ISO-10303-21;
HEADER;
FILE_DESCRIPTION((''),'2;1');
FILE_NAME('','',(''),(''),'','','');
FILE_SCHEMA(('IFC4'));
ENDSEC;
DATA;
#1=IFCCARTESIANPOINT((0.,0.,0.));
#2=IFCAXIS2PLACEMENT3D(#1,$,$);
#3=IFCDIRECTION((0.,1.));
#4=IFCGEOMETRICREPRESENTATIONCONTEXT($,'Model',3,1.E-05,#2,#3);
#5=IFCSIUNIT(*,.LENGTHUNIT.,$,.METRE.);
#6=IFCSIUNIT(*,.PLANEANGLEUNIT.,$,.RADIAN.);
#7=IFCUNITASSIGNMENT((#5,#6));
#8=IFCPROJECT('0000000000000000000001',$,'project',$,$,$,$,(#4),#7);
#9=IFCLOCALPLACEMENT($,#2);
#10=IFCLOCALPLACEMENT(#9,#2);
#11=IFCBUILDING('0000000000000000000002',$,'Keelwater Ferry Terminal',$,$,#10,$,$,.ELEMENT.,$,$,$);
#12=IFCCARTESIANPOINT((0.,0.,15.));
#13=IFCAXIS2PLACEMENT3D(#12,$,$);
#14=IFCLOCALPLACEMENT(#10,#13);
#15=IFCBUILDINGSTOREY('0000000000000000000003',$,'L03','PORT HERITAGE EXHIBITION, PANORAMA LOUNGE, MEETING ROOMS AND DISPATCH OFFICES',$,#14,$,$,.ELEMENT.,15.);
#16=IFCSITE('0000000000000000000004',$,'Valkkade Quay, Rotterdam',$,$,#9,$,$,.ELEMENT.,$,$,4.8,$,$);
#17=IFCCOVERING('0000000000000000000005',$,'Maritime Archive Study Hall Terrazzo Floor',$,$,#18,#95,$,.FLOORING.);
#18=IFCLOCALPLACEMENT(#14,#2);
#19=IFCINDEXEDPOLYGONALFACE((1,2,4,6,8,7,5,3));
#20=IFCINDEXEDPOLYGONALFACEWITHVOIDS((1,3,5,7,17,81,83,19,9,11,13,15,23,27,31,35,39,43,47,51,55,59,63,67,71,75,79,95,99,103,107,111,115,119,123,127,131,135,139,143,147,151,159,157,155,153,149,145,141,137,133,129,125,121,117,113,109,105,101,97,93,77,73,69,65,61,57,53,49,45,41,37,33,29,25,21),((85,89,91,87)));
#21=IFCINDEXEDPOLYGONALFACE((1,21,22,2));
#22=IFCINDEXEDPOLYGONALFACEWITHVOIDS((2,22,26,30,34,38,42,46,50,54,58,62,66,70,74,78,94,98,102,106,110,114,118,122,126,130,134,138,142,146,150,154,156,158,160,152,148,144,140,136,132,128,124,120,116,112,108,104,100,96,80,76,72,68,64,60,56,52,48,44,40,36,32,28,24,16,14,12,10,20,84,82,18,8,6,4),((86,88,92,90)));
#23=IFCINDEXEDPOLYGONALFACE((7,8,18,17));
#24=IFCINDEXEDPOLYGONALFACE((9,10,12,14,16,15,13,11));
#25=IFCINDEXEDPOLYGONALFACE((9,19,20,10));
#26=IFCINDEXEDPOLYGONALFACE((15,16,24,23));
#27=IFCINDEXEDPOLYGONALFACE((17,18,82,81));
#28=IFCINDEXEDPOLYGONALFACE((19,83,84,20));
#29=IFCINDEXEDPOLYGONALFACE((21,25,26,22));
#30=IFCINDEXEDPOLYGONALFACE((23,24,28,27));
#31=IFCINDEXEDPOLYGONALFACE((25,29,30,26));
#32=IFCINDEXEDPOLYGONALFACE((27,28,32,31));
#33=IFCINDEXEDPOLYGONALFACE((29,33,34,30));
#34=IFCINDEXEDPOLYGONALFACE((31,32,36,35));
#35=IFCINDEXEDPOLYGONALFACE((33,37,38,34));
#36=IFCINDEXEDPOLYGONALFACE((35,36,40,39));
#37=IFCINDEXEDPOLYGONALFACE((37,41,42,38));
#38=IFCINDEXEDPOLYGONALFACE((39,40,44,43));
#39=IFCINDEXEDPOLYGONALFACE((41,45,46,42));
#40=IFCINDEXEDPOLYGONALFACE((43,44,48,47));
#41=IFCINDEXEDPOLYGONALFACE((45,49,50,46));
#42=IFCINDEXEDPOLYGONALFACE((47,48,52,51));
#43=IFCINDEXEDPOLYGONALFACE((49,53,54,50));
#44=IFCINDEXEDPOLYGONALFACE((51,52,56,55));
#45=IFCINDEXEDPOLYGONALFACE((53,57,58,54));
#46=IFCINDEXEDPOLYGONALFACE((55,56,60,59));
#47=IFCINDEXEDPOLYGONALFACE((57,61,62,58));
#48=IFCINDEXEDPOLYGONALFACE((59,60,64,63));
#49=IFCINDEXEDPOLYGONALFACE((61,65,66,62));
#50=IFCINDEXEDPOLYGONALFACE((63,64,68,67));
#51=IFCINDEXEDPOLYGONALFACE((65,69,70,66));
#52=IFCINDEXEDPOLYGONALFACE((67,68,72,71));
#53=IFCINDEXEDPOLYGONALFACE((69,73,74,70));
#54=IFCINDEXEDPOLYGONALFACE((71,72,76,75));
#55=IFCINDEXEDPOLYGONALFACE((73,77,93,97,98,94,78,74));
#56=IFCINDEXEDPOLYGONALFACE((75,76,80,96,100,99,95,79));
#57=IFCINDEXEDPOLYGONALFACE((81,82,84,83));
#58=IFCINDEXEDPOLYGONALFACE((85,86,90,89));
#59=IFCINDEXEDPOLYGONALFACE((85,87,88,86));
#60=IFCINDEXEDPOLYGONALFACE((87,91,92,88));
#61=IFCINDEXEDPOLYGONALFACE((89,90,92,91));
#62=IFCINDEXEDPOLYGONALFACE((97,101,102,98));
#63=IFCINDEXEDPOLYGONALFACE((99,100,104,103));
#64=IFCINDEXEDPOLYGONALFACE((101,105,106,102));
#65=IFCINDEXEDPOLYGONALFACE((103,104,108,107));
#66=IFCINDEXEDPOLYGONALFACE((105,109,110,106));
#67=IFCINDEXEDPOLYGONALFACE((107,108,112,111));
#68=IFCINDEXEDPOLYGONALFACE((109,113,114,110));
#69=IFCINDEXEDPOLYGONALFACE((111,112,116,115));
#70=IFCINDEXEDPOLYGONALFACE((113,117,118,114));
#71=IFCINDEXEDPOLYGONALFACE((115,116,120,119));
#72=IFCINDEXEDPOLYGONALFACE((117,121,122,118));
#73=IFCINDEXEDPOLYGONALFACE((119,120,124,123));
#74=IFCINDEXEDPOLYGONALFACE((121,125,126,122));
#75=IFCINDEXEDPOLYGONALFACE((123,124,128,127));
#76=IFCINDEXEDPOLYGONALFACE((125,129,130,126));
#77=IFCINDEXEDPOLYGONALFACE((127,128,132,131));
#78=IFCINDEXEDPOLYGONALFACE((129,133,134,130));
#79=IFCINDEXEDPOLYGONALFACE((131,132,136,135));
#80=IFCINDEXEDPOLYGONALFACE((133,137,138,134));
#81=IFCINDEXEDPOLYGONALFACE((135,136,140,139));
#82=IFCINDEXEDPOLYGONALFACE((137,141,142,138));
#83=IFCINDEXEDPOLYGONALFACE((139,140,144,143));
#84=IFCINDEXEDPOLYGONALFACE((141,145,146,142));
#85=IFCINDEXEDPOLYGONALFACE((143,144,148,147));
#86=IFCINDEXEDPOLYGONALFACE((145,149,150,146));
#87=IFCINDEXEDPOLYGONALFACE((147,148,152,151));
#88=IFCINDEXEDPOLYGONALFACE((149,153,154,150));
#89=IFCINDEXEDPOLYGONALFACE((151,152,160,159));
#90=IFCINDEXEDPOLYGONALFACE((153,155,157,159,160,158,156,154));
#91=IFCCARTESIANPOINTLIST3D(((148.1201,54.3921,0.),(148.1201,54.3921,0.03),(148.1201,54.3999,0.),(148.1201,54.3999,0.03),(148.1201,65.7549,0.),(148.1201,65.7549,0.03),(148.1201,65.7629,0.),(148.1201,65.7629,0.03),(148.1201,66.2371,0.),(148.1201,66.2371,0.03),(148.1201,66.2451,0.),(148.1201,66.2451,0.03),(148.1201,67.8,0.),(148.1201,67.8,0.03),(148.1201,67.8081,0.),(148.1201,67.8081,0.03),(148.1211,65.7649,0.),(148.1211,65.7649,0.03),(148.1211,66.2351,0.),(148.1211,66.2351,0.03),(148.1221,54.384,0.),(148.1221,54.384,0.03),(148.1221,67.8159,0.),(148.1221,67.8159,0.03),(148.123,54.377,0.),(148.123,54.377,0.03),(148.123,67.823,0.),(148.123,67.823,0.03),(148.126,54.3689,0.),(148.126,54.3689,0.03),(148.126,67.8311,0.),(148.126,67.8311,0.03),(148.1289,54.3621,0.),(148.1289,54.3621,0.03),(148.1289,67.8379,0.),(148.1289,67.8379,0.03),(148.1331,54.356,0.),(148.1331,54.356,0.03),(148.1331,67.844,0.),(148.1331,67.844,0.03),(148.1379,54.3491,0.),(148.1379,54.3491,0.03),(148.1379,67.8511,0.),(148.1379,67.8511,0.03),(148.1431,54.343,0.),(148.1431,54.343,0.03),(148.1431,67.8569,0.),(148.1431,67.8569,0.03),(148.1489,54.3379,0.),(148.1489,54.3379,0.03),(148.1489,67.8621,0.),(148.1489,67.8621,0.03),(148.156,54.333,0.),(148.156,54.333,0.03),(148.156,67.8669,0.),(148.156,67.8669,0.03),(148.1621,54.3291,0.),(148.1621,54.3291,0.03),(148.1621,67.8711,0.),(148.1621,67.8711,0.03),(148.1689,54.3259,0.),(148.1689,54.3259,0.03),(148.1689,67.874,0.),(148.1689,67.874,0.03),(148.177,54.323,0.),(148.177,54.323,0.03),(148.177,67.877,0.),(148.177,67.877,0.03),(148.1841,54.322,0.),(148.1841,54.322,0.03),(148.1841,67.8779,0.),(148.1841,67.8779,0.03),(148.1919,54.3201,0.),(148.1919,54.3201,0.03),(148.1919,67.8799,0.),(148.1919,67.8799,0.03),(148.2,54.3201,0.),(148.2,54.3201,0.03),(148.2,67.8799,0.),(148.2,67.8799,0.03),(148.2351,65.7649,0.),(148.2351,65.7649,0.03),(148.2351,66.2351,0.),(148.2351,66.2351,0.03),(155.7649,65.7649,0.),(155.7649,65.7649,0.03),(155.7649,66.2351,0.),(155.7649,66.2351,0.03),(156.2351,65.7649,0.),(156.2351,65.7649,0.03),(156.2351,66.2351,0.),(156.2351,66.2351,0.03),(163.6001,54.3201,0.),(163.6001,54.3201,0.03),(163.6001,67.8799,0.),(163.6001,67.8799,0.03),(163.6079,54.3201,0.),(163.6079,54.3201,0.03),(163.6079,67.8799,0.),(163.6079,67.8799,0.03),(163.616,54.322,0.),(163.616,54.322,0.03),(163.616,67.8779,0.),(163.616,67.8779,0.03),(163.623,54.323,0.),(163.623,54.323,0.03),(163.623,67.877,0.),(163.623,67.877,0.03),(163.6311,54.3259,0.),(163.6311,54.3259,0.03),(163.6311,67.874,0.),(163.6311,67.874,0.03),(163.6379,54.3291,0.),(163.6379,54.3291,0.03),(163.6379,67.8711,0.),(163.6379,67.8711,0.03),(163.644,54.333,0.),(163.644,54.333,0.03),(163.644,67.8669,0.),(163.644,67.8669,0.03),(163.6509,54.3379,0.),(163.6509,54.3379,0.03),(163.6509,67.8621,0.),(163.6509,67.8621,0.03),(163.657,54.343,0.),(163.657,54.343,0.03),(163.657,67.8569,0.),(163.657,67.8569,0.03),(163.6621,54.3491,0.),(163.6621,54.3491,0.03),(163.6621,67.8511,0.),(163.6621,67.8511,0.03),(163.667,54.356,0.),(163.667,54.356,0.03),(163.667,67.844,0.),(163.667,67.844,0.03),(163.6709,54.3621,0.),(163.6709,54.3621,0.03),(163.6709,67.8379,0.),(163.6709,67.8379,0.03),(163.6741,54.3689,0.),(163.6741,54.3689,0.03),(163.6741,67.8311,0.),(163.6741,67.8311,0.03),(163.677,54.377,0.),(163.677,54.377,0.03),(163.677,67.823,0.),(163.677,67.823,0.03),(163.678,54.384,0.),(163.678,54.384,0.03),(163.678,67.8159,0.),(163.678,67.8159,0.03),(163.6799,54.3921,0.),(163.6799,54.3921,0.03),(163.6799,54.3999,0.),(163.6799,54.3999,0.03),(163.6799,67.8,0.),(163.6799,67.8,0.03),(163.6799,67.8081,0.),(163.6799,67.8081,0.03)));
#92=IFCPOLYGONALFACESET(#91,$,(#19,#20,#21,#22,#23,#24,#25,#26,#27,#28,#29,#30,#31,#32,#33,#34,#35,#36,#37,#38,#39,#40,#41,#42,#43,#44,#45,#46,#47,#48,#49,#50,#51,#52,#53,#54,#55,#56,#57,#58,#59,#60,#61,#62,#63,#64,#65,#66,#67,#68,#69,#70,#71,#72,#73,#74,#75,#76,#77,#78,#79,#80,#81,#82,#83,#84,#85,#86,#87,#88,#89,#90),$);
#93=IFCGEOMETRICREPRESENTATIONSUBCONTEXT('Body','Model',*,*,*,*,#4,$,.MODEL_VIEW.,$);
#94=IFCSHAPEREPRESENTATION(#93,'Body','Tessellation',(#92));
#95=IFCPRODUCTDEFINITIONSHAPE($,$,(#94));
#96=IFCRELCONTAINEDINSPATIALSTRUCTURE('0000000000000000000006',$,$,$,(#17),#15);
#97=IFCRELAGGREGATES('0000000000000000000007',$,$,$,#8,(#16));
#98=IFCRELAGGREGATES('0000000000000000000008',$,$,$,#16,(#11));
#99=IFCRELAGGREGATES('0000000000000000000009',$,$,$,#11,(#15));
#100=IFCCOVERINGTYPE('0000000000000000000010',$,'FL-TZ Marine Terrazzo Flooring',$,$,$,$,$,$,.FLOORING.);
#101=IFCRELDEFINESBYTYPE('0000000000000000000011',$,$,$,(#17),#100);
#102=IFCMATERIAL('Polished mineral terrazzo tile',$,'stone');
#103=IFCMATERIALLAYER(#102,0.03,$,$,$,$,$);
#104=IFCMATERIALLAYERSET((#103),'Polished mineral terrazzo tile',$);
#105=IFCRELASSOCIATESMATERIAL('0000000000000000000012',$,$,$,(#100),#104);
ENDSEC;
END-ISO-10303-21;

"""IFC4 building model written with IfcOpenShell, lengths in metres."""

from ifc_helpers import new_model, si_unit, direction, frame, origin, place, context, subcontext, project, spatial, polyline, outline, extrude, material, layer, layer_set, type_object, element, save


model = new_model("IFC4")

# Units and contexts
model_context = context("Model", 3, precision=1e-05, world=origin(), true_north=direction((0.0, 1.0)))
body_context = subcontext(model_context, "Body", "Model", "MODEL_VIEW")
ifc_project = project(units=[si_unit("LENGTHUNIT", "METRE"), si_unit("PLANEANGLEUNIT", "RADIAN")], contexts=[model_context])

# Site, building, storey
site_placement = place(None, origin())
site = spatial("IfcSite", under=ifc_project, at=site_placement, Name="Valkkade Quay, Rotterdam", CompositionType="ELEMENT", RefElevation=4.8)
building_placement = place(site_placement, origin())
building = spatial("IfcBuilding", under=site, at=building_placement, Name="Keelwater Ferry Terminal", CompositionType="ELEMENT")
storey_placement = place(building_placement, frame((0.0, 0.0, 15.0)))
storey = spatial("IfcBuildingStorey", under=building, at=storey_placement, Name="L03", Description="PORT HERITAGE EXHIBITION, PANORAMA LOUNGE, MEETING ROOMS AND DISPATCH OFFICES", CompositionType="ELEMENT", Elevation=15.0)

# Covering
ifc_material_1 = material(Name="Polished mineral terrazzo tile", Category="stone")
ifc_layer_1 = layer(ifc_material_1, 0.03)
ifc_layer_set_1 = layer_set([ifc_layer_1], Name="Polished mineral terrazzo tile")
covering_type_1 = type_object("IfcCoveringType", Name="FL-TZ Marine Terrazzo Flooring", PredefinedType="FLOORING", material=ifc_layer_set_1)
covering_1_placement = place(storey_placement, origin())
element("IfcCovering", 1, at=covering_1_placement, inside=storey, type_object=covering_type_1, Name="Maritime Archive Study Hall Terrazzo Floor", PredefinedType="FLOORING", context=body_context, shape_type="SweptSolid", body=[
    extrude(outline(polyline([(148.1201, 66.2371), (148.1201, 66.2451), (148.1201, 67.8), (148.1201, 67.8081), (148.1221, 67.8159), (148.123, 67.823), (148.126, 67.8311), (148.1289, 67.8379), (148.1331, 67.844), (148.1379, 67.8511), (148.1431, 67.8569), (148.1489, 67.8621), (148.156, 67.8669), (148.1621, 67.8711), (148.1689, 67.874), (148.177, 67.877), (148.1841, 67.8779), (148.1919, 67.8799), (148.2, 67.8799), (163.6001, 67.8799), (163.6079, 67.8799), (163.616, 67.8779), (163.623, 67.877), (163.6311, 67.874), (163.6379, 67.8711), (163.644, 67.8669), (163.6509, 67.8621), (163.657, 67.8569), (163.6621, 67.8511), (163.667, 67.844), (163.6709, 67.8379), (163.6741, 67.8311), (163.677, 67.823), (163.678, 67.8159), (163.6799, 67.8081), (163.6799, 67.8), (163.6799, 54.3999), (163.6799, 54.3921), (163.678, 54.384), (163.677, 54.377), (163.6741, 54.3689), (163.6709, 54.3621), (163.667, 54.356), (163.6621, 54.3491), (163.657, 54.343), (163.6509, 54.3379), (163.644, 54.333), (163.6379, 54.3291), (163.6311, 54.3259), (163.623, 54.323), (163.616, 54.322), (163.6079, 54.3201), (163.6001, 54.3201), (148.2, 54.3201), (148.1919, 54.3201), (148.1841, 54.322), (148.177, 54.323), (148.1689, 54.3259), (148.1621, 54.3291), (148.156, 54.333), (148.1489, 54.3379), (148.1431, 54.343), (148.1379, 54.3491), (148.1331, 54.356), (148.1289, 54.3621), (148.126, 54.3689), (148.123, 54.377), (148.1221, 54.384), (148.1201, 54.3921), (148.1201, 54.3999), (148.1201, 65.7549), (148.1201, 65.7629), (148.1211, 65.7649), (148.2351, 65.7649), (148.2351, 66.2351), (148.1211, 66.2351), (148.1201, 66.2371)]), holes=[polyline([(155.7649, 65.7649), (156.2351, 65.7649), (156.2351, 66.2351), (155.7649, 66.2351), (155.7649, 65.7649)])]), origin(), (0.0, 0.0, 1.0), 0.03),
])

save(model, "model.ifc")
